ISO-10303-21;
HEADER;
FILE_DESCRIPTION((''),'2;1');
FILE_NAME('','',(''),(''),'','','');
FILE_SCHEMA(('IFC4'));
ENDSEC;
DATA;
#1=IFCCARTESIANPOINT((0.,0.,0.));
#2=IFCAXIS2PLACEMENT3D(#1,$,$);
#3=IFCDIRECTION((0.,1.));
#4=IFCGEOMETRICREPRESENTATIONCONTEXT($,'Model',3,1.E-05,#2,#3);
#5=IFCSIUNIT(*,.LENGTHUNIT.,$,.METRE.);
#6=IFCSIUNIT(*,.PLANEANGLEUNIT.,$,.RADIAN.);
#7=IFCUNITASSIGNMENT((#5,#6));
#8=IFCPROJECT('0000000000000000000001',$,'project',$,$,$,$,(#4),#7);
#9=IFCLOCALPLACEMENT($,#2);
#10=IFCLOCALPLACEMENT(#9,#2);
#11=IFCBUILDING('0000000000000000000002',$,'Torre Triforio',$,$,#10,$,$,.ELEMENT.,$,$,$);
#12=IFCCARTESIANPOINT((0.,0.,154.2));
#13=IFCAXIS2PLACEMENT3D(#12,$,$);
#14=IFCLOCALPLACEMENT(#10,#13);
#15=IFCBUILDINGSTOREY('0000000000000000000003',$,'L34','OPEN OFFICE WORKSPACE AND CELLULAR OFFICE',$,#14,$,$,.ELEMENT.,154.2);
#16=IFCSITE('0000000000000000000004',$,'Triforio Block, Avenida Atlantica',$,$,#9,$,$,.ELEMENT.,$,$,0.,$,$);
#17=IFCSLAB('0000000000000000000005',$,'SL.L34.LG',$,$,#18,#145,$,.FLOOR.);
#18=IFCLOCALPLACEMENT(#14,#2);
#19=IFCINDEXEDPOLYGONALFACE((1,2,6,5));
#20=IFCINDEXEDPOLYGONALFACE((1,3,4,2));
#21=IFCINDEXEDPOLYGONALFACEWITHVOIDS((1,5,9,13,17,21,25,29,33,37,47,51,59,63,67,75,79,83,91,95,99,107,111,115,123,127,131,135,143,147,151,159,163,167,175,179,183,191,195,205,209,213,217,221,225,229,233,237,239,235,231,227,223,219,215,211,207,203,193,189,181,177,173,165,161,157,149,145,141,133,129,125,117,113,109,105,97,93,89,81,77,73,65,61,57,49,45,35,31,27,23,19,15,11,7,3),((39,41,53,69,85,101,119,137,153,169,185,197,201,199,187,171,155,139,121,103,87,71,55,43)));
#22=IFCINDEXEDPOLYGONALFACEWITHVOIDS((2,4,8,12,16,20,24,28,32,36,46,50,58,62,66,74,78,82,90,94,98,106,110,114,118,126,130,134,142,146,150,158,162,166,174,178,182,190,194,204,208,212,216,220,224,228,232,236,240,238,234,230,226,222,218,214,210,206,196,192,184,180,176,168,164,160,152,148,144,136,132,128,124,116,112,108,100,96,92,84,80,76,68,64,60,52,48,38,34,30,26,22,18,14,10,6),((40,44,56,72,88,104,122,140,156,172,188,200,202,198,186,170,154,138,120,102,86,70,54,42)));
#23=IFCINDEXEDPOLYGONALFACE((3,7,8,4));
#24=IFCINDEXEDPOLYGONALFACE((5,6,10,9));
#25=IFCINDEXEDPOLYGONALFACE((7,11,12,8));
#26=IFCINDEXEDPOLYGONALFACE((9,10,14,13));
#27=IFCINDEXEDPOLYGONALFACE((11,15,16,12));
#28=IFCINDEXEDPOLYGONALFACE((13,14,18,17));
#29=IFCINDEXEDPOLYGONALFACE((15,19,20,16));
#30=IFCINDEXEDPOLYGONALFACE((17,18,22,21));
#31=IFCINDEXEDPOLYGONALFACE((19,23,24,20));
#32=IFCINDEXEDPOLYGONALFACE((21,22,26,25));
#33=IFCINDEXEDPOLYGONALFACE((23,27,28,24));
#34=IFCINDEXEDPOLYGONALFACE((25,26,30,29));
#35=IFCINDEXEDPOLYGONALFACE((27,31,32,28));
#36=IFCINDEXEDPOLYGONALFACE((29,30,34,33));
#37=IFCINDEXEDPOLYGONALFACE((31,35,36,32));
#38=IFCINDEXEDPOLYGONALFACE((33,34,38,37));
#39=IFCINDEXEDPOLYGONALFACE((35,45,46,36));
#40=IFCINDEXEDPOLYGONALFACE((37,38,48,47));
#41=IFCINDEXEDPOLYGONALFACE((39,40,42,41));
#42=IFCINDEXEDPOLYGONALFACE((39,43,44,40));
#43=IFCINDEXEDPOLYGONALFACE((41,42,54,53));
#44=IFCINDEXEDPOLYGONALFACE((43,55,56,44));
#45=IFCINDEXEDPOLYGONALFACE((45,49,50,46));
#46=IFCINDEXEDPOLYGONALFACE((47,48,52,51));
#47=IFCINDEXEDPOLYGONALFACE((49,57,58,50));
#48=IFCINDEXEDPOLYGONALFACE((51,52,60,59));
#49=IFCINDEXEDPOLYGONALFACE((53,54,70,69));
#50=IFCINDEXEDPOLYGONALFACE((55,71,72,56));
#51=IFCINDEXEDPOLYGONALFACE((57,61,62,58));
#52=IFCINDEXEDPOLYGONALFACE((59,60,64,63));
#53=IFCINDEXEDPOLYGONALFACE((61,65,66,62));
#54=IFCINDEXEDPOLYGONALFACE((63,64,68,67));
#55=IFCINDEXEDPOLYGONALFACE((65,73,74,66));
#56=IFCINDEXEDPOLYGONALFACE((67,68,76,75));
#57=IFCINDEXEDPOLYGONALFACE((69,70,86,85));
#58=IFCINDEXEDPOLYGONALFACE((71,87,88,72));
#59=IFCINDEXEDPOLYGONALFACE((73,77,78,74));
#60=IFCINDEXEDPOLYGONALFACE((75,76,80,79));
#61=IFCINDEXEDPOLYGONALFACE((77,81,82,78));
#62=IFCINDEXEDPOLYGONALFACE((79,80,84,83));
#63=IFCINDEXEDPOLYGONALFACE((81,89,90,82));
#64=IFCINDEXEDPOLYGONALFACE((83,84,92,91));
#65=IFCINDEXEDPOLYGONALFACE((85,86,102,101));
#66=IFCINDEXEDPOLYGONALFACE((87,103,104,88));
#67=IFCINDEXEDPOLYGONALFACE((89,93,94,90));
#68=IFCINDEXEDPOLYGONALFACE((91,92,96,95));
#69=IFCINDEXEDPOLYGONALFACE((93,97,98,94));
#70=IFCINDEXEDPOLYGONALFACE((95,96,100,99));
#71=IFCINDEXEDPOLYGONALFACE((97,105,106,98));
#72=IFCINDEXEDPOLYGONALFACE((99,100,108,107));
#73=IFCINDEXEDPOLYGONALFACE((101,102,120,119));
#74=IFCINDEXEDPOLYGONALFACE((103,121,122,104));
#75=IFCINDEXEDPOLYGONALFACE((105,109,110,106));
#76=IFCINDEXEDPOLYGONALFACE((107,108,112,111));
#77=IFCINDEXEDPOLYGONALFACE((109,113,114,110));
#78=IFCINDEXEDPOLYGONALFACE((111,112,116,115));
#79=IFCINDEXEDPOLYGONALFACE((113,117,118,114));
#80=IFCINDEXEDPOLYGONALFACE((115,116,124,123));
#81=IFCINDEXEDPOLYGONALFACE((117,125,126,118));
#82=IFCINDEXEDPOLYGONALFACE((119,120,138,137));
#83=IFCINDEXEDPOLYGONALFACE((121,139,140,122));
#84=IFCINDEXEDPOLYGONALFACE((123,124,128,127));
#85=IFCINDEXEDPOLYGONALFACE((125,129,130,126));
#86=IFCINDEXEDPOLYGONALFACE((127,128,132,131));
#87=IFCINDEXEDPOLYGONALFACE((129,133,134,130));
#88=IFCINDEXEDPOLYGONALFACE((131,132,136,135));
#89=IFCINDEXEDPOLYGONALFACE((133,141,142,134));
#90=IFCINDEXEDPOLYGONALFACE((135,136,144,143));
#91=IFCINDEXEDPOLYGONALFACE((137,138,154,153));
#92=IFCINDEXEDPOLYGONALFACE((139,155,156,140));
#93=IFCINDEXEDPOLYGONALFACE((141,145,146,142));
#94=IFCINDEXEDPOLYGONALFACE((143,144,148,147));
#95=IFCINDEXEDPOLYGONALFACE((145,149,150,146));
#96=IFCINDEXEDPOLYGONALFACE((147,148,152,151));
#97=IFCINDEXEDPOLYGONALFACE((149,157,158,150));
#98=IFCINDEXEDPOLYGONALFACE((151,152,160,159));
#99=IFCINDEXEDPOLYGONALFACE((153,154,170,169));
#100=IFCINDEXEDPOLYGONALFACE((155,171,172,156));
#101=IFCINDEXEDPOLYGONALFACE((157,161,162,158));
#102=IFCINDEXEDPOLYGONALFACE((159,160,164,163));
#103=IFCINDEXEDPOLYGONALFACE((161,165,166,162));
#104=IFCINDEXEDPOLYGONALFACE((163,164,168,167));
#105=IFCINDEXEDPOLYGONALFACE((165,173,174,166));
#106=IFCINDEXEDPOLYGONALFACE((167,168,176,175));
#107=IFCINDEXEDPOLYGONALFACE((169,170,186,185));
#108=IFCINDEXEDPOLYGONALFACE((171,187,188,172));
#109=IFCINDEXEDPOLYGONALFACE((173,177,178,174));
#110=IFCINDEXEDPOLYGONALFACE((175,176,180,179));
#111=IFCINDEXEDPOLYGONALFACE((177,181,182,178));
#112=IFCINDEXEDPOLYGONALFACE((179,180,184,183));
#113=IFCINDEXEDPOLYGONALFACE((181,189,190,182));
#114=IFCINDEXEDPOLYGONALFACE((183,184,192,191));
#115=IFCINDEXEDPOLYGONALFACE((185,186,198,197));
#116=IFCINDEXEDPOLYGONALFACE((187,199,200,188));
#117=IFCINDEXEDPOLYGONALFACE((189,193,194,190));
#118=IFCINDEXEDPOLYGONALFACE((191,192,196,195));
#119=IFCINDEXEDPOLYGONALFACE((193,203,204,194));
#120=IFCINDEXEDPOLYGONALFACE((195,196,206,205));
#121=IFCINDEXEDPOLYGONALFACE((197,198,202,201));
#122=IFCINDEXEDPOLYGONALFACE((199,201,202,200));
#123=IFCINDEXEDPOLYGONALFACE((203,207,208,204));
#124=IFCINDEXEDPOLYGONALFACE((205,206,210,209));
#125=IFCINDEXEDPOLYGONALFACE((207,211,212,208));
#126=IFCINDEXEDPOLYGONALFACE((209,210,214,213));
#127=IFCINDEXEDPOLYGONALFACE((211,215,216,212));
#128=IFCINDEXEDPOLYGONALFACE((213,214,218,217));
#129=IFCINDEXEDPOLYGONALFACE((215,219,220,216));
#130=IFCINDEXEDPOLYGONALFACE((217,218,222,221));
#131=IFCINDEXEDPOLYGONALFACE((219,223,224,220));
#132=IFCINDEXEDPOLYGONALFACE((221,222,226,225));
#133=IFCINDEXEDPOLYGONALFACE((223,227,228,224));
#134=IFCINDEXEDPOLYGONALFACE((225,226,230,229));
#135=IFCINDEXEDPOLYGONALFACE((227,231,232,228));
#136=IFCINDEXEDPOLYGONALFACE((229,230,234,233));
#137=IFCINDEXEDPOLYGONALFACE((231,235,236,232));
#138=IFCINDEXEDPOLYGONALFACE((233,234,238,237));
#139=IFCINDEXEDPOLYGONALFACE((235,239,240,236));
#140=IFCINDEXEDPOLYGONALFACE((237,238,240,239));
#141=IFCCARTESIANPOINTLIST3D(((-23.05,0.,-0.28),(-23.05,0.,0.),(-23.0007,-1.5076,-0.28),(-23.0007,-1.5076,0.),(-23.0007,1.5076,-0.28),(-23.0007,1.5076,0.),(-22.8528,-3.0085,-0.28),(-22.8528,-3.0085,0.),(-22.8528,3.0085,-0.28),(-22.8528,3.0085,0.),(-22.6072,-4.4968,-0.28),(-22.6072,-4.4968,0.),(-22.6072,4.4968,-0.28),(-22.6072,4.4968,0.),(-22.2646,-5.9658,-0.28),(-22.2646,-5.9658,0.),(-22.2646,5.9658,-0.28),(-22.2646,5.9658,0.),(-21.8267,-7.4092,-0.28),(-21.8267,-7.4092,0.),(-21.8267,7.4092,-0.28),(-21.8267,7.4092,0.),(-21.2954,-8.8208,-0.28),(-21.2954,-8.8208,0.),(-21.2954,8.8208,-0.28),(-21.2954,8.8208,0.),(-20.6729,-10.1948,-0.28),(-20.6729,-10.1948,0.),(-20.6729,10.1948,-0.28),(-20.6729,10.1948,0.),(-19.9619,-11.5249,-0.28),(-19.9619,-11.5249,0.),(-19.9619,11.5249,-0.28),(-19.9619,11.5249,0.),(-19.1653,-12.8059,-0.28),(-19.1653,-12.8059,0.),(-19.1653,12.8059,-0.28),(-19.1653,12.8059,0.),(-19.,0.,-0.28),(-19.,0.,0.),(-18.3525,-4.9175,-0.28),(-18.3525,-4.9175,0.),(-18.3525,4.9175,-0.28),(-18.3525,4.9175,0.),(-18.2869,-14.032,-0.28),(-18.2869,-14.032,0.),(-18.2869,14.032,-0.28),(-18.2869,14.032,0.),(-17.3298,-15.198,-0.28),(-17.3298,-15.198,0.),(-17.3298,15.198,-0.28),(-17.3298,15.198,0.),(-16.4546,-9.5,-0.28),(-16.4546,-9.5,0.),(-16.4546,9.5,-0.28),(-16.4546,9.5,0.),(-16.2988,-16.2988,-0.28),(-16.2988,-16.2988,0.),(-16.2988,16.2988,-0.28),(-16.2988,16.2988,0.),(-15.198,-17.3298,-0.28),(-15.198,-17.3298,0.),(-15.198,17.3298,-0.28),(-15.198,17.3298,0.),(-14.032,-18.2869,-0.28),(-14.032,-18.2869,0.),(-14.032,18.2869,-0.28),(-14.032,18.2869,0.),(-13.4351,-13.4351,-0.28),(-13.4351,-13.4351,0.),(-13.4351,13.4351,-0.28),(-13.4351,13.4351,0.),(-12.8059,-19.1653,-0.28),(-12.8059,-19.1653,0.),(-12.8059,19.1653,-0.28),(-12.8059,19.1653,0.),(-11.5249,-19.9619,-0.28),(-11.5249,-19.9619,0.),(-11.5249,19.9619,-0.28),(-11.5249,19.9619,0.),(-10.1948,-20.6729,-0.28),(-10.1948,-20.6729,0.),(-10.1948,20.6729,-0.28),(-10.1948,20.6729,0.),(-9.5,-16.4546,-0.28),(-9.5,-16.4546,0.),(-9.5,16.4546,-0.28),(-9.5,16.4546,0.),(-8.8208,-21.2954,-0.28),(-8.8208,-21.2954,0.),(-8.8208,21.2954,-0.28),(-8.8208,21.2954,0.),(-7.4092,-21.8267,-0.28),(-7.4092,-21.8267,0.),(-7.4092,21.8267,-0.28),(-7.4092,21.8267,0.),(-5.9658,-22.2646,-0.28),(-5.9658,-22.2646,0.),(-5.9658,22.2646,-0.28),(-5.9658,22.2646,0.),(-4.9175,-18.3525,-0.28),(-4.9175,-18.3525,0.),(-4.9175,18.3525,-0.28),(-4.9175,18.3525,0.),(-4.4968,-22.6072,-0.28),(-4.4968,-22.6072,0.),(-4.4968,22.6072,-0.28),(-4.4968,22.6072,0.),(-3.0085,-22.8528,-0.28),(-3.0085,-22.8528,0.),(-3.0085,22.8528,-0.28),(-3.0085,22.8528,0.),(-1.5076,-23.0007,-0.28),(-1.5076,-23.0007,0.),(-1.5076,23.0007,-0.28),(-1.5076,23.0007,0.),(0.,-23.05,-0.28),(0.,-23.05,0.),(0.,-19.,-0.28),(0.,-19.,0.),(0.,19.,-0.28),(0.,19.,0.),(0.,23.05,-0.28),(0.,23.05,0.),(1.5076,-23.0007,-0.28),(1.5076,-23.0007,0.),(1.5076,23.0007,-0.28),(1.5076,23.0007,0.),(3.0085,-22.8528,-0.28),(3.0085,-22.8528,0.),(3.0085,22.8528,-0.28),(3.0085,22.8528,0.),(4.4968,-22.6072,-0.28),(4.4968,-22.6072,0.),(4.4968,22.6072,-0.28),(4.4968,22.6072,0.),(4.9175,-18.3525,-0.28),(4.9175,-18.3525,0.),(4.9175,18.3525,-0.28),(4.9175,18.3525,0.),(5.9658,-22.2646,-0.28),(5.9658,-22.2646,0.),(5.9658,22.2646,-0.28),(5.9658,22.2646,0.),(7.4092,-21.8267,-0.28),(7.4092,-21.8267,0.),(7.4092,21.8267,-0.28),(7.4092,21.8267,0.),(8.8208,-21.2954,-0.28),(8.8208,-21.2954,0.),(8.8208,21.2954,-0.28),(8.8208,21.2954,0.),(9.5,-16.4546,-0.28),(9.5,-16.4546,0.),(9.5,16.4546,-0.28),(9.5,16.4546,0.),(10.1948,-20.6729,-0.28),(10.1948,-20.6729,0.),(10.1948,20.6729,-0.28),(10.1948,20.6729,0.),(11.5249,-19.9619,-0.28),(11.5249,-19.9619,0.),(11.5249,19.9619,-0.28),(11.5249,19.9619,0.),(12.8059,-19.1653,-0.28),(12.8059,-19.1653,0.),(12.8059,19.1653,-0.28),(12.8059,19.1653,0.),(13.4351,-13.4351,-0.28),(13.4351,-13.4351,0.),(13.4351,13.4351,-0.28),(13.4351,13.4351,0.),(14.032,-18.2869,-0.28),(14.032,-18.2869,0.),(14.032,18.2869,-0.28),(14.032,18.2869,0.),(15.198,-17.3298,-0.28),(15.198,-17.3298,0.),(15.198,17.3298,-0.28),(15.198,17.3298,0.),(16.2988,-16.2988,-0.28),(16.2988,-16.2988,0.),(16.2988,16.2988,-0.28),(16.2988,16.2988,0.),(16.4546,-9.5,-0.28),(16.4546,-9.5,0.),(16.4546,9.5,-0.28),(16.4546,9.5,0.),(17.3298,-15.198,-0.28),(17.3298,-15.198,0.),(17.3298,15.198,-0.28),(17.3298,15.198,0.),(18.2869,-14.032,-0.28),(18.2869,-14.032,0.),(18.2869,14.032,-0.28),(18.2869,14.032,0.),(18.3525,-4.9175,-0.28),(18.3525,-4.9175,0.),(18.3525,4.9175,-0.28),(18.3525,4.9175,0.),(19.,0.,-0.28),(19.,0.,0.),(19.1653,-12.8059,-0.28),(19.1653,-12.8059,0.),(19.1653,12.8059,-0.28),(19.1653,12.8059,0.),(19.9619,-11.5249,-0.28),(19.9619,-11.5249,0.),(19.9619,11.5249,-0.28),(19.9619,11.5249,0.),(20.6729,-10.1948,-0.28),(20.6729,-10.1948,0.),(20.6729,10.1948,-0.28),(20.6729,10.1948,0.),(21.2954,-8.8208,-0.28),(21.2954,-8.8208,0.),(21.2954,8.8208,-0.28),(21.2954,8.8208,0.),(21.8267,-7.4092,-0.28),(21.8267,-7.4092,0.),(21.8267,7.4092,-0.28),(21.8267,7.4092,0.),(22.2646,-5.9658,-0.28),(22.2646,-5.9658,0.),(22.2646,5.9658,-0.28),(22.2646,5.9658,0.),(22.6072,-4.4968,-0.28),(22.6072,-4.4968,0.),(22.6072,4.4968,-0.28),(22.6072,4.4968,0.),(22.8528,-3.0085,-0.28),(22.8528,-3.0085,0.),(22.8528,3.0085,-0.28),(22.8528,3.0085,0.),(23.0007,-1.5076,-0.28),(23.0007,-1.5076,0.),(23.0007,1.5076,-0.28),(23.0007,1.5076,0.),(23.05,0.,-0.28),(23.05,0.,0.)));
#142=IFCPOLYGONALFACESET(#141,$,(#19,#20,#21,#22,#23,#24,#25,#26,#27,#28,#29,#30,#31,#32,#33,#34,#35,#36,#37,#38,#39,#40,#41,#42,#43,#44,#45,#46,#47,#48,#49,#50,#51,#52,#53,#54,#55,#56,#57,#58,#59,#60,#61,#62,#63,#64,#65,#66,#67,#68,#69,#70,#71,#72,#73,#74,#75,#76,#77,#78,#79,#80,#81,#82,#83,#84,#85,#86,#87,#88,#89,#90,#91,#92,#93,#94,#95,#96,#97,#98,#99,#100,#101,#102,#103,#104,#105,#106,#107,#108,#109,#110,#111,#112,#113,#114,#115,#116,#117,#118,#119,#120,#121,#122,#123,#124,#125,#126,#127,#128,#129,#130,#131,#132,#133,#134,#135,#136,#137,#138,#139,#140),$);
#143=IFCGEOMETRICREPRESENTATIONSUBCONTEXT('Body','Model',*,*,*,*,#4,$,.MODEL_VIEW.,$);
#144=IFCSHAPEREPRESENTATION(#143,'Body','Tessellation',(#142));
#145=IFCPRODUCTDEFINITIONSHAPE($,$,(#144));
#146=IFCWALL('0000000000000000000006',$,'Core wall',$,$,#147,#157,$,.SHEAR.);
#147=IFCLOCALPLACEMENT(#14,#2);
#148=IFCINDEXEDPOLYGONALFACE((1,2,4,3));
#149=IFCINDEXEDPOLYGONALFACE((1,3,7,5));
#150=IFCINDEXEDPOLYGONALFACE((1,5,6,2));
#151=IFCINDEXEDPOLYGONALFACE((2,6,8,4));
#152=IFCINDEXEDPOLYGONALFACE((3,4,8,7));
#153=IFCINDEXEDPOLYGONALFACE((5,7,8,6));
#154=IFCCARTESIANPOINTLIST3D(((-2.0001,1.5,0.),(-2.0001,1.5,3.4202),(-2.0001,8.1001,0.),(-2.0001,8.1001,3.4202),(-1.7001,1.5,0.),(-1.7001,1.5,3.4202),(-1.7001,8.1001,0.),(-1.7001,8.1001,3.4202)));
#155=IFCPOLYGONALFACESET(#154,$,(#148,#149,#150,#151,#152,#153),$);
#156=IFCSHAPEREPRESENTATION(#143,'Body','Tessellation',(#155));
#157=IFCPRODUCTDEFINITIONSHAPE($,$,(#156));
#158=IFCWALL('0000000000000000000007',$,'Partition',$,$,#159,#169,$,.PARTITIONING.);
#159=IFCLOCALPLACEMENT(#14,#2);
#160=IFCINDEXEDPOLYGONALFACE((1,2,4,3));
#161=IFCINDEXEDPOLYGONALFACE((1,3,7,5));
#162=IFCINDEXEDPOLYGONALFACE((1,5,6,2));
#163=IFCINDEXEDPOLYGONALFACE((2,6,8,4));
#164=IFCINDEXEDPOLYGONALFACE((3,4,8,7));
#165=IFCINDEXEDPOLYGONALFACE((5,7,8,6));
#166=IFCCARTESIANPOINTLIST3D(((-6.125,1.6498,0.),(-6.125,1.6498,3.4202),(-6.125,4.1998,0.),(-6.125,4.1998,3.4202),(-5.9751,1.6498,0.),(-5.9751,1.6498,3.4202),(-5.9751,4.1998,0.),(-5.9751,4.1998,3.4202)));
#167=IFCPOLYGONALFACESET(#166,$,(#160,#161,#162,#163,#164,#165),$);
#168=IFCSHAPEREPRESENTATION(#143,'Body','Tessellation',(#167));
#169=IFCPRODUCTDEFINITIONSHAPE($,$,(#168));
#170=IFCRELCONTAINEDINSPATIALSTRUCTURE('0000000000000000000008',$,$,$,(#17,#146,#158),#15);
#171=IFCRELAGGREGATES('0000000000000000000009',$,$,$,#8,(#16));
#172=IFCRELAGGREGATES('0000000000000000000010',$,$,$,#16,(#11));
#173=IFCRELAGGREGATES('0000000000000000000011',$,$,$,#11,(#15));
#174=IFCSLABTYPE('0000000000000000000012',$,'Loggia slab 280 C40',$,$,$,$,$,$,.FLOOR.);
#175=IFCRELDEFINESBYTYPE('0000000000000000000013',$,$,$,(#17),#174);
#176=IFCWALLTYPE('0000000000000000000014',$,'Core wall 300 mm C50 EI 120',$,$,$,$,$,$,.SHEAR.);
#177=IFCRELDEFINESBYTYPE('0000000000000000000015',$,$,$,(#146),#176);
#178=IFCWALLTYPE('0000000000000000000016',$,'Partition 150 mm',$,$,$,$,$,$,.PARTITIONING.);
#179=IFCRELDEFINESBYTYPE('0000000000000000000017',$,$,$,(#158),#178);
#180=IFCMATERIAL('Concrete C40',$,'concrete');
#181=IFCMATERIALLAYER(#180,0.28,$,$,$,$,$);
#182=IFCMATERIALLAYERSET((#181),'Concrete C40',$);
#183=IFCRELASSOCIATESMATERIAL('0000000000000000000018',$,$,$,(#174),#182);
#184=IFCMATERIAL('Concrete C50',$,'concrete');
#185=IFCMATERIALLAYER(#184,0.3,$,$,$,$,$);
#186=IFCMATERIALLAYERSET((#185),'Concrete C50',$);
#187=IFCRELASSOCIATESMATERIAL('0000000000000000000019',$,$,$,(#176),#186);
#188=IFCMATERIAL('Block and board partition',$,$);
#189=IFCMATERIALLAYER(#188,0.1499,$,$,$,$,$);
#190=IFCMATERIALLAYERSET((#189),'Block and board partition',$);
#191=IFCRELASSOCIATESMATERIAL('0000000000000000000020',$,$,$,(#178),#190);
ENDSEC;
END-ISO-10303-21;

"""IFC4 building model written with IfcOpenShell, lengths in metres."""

from ifc_helpers import new_model, si_unit, direction, frame, frame_2d, origin, place, context, subcontext, project, spatial, polyline, rectangle, outline, extrude, material, layer, layer_set, type_object, element, save


model = new_model("IFC4")

# Units and contexts
model_context = context("Model", 3, precision=1e-05, world=origin(), true_north=direction((0.0, 1.0)))
body_context = subcontext(model_context, "Body", "Model", "MODEL_VIEW")
ifc_project = project(units=[si_unit("LENGTHUNIT", "METRE"), si_unit("PLANEANGLEUNIT", "RADIAN")], contexts=[model_context])

# Site, building, storey
site_placement = place(None, origin())
site = spatial("IfcSite", under=ifc_project, at=site_placement, Name="Triforio Block, Avenida Atlantica", CompositionType="ELEMENT", RefElevation=0.0)
building_placement = place(site_placement, origin())
building = spatial("IfcBuilding", under=site, at=building_placement, Name="Torre Triforio", CompositionType="ELEMENT")
storey_placement = place(building_placement, frame((0.0, 0.0, 154.2)))
storey = spatial("IfcBuildingStorey", under=building, at=storey_placement, Name="L34", Description="OPEN OFFICE WORKSPACE AND CELLULAR OFFICE", CompositionType="ELEMENT", Elevation=154.2)

# Shared definitions
ifc_material_1 = material(Name="Concrete C40", Category="concrete")

# Slab
ifc_layer_1 = layer(ifc_material_1, 0.28)
ifc_layer_set_1 = layer_set([ifc_layer_1], Name="Concrete C40")
slab_type_1 = type_object("IfcSlabType", Name="Loggia slab 280 C40", PredefinedType="FLOOR", material=ifc_layer_set_1)
slab_1_placement = place(storey_placement, frame((0.0, 0.0, -0.28)))
element("IfcSlab", 1, at=slab_1_placement, inside=storey, type_object=slab_type_1, Name="SL.L34.LG", PredefinedType="FLOOR", context=body_context, shape_type="SweptSolid", body=[
    extrude(outline(polyline([(23.0007, -1.5076), (23.05, 0.0), (23.0007, 1.5076), (22.8528, 3.0085), (22.6072, 4.4968), (22.2646, 5.9658), (21.8267, 7.4092), (21.2954, 8.8208), (20.6729, 10.1948), (19.9619, 11.5249), (19.1653, 12.8059), (18.2869, 14.032), (17.3298, 15.198), (16.2988, 16.2988), (15.198, 17.3298), (14.032, 18.2869), (12.8059, 19.1653), (11.5249, 19.9619), (10.1948, 20.6729), (8.8208, 21.2954), (7.4092, 21.8267), (5.9658, 22.2646), (4.4968, 22.6072), (3.0085, 22.8528), (1.5076, 23.0007), (0.0, 23.05), (-1.5076, 23.0007), (-3.0085, 22.8528), (-4.4968, 22.6072), (-5.9658, 22.2646), (-7.4092, 21.8267), (-8.8208, 21.2954), (-10.1948, 20.6729), (-11.5249, 19.9619), (-12.8059, 19.1653), (-14.032, 18.2869), (-15.198, 17.3298), (-16.2988, 16.2988), (-17.3298, 15.198), (-18.2869, 14.032), (-19.1653, 12.8059), (-19.9619, 11.5249), (-20.6729, 10.1948), (-21.2954, 8.8208), (-21.8267, 7.4092), (-22.2646, 5.9658), (-22.6072, 4.4968), (-22.8528, 3.0085), (-23.0007, 1.5076), (-23.05, 0.0), (-23.0007, -1.5076), (-22.8528, -3.0085), (-22.6072, -4.4968), (-22.2646, -5.9658), (-21.8267, -7.4092), (-21.2954, -8.8208), (-20.6729, -10.1948), (-19.9619, -11.5249), (-19.1653, -12.8059), (-18.2869, -14.032), (-17.3298, -15.198), (-16.2988, -16.2988), (-15.198, -17.3298), (-14.032, -18.2869), (-12.8059, -19.1653), (-11.5249, -19.9619), (-10.1948, -20.6729), (-8.8208, -21.2954), (-7.4092, -21.8267), (-5.9658, -22.2646), (-4.4968, -22.6072), (-3.0085, -22.8528), (-1.5076, -23.0007), (0.0, -23.05), (1.5076, -23.0007), (3.0085, -22.8528), (4.4968, -22.6072), (5.9658, -22.2646), (7.4092, -21.8267), (8.8208, -21.2954), (10.1948, -20.6729), (11.5249, -19.9619), (12.8059, -19.1653), (14.032, -18.2869), (15.198, -17.3298), (16.2988, -16.2988), (17.3298, -15.198), (18.2869, -14.032), (19.1653, -12.8059), (19.9619, -11.5249), (20.6729, -10.1948), (21.2954, -8.8208), (21.8267, -7.4092), (22.2646, -5.9658), (22.6072, -4.4968), (22.8528, -3.0085), (23.0007, -1.5076)]), holes=[polyline([(18.3525, 4.9175), (19.0, 0.0), (18.3525, -4.9175), (16.4546, -9.5), (13.4351, -13.4351), (9.5, -16.4546), (4.9175, -18.3525), (0.0, -19.0), (-4.9175, -18.3525), (-9.5, -16.4546), (-13.4351, -13.4351), (-16.4546, -9.5), (-18.3525, -4.9175), (-19.0, 0.0), (-18.3525, 4.9175), (-16.4546, 9.5), (-13.4351, 13.4351), (-9.5, 16.4546), (-4.9175, 18.3525), (0.0, 19.0), (4.9175, 18.3525), (9.5, 16.4546), (13.4351, 13.4351), (16.4546, 9.5), (18.3525, 4.9175)])]), origin(), (0.0, 0.0, 1.0), 0.28),
])

# Walls
ifc_material_2 = material(Name="Concrete C50", Category="concrete")
ifc_layer_2 = layer(ifc_material_2, 0.3)
ifc_layer_set_2 = layer_set([ifc_layer_2], Name="Concrete C50")
wall_type_1 = type_object("IfcWallType", Name="Core wall 300 mm C50 EI 120", PredefinedType="SHEAR", material=ifc_layer_set_2)
wall_1_placement = place(storey_placement, frame((-1.8501, 1.5, 0.0), z_axis=(0.0, 0.0, 1.0), x_axis=(0.0, 1.0, 0.0)))
element("IfcWall", 2, at=wall_1_placement, inside=storey, type_object=wall_type_1, Name="Core wall", PredefinedType="SHEAR", context=body_context, shape_type="SweptSolid", body=[
    extrude(rectangle(XDim=6.6001, YDim=0.3, at=frame_2d((3.3, 0.0))), origin(), (0.0, 0.0, 1.0), 3.4202),
])
ifc_material_3 = material(Name="Block and board partition")
ifc_layer_3 = layer(ifc_material_3, 0.1499)
ifc_layer_set_3 = layer_set([ifc_layer_3], Name="Block and board partition")
wall_type_2 = type_object("IfcWallType", Name="Partition 150 mm", PredefinedType="PARTITIONING", material=ifc_layer_set_3)
wall_2_placement = place(storey_placement, frame((-6.05, 1.6499, 0.0), z_axis=(0.0, 0.0, 1.0), x_axis=(0.0, 1.0, 0.0)))
element("IfcWall", 3, at=wall_2_placement, inside=storey, type_object=wall_type_2, Name="Partition", PredefinedType="PARTITIONING", context=body_context, shape_type="SweptSolid", body=[
    extrude(rectangle(XDim=2.55, YDim=0.1499, at=frame_2d((1.2749, 0.0))), origin(), (0.0, 0.0, 1.0), 3.4202),
])

save(model, "model.ifc")
